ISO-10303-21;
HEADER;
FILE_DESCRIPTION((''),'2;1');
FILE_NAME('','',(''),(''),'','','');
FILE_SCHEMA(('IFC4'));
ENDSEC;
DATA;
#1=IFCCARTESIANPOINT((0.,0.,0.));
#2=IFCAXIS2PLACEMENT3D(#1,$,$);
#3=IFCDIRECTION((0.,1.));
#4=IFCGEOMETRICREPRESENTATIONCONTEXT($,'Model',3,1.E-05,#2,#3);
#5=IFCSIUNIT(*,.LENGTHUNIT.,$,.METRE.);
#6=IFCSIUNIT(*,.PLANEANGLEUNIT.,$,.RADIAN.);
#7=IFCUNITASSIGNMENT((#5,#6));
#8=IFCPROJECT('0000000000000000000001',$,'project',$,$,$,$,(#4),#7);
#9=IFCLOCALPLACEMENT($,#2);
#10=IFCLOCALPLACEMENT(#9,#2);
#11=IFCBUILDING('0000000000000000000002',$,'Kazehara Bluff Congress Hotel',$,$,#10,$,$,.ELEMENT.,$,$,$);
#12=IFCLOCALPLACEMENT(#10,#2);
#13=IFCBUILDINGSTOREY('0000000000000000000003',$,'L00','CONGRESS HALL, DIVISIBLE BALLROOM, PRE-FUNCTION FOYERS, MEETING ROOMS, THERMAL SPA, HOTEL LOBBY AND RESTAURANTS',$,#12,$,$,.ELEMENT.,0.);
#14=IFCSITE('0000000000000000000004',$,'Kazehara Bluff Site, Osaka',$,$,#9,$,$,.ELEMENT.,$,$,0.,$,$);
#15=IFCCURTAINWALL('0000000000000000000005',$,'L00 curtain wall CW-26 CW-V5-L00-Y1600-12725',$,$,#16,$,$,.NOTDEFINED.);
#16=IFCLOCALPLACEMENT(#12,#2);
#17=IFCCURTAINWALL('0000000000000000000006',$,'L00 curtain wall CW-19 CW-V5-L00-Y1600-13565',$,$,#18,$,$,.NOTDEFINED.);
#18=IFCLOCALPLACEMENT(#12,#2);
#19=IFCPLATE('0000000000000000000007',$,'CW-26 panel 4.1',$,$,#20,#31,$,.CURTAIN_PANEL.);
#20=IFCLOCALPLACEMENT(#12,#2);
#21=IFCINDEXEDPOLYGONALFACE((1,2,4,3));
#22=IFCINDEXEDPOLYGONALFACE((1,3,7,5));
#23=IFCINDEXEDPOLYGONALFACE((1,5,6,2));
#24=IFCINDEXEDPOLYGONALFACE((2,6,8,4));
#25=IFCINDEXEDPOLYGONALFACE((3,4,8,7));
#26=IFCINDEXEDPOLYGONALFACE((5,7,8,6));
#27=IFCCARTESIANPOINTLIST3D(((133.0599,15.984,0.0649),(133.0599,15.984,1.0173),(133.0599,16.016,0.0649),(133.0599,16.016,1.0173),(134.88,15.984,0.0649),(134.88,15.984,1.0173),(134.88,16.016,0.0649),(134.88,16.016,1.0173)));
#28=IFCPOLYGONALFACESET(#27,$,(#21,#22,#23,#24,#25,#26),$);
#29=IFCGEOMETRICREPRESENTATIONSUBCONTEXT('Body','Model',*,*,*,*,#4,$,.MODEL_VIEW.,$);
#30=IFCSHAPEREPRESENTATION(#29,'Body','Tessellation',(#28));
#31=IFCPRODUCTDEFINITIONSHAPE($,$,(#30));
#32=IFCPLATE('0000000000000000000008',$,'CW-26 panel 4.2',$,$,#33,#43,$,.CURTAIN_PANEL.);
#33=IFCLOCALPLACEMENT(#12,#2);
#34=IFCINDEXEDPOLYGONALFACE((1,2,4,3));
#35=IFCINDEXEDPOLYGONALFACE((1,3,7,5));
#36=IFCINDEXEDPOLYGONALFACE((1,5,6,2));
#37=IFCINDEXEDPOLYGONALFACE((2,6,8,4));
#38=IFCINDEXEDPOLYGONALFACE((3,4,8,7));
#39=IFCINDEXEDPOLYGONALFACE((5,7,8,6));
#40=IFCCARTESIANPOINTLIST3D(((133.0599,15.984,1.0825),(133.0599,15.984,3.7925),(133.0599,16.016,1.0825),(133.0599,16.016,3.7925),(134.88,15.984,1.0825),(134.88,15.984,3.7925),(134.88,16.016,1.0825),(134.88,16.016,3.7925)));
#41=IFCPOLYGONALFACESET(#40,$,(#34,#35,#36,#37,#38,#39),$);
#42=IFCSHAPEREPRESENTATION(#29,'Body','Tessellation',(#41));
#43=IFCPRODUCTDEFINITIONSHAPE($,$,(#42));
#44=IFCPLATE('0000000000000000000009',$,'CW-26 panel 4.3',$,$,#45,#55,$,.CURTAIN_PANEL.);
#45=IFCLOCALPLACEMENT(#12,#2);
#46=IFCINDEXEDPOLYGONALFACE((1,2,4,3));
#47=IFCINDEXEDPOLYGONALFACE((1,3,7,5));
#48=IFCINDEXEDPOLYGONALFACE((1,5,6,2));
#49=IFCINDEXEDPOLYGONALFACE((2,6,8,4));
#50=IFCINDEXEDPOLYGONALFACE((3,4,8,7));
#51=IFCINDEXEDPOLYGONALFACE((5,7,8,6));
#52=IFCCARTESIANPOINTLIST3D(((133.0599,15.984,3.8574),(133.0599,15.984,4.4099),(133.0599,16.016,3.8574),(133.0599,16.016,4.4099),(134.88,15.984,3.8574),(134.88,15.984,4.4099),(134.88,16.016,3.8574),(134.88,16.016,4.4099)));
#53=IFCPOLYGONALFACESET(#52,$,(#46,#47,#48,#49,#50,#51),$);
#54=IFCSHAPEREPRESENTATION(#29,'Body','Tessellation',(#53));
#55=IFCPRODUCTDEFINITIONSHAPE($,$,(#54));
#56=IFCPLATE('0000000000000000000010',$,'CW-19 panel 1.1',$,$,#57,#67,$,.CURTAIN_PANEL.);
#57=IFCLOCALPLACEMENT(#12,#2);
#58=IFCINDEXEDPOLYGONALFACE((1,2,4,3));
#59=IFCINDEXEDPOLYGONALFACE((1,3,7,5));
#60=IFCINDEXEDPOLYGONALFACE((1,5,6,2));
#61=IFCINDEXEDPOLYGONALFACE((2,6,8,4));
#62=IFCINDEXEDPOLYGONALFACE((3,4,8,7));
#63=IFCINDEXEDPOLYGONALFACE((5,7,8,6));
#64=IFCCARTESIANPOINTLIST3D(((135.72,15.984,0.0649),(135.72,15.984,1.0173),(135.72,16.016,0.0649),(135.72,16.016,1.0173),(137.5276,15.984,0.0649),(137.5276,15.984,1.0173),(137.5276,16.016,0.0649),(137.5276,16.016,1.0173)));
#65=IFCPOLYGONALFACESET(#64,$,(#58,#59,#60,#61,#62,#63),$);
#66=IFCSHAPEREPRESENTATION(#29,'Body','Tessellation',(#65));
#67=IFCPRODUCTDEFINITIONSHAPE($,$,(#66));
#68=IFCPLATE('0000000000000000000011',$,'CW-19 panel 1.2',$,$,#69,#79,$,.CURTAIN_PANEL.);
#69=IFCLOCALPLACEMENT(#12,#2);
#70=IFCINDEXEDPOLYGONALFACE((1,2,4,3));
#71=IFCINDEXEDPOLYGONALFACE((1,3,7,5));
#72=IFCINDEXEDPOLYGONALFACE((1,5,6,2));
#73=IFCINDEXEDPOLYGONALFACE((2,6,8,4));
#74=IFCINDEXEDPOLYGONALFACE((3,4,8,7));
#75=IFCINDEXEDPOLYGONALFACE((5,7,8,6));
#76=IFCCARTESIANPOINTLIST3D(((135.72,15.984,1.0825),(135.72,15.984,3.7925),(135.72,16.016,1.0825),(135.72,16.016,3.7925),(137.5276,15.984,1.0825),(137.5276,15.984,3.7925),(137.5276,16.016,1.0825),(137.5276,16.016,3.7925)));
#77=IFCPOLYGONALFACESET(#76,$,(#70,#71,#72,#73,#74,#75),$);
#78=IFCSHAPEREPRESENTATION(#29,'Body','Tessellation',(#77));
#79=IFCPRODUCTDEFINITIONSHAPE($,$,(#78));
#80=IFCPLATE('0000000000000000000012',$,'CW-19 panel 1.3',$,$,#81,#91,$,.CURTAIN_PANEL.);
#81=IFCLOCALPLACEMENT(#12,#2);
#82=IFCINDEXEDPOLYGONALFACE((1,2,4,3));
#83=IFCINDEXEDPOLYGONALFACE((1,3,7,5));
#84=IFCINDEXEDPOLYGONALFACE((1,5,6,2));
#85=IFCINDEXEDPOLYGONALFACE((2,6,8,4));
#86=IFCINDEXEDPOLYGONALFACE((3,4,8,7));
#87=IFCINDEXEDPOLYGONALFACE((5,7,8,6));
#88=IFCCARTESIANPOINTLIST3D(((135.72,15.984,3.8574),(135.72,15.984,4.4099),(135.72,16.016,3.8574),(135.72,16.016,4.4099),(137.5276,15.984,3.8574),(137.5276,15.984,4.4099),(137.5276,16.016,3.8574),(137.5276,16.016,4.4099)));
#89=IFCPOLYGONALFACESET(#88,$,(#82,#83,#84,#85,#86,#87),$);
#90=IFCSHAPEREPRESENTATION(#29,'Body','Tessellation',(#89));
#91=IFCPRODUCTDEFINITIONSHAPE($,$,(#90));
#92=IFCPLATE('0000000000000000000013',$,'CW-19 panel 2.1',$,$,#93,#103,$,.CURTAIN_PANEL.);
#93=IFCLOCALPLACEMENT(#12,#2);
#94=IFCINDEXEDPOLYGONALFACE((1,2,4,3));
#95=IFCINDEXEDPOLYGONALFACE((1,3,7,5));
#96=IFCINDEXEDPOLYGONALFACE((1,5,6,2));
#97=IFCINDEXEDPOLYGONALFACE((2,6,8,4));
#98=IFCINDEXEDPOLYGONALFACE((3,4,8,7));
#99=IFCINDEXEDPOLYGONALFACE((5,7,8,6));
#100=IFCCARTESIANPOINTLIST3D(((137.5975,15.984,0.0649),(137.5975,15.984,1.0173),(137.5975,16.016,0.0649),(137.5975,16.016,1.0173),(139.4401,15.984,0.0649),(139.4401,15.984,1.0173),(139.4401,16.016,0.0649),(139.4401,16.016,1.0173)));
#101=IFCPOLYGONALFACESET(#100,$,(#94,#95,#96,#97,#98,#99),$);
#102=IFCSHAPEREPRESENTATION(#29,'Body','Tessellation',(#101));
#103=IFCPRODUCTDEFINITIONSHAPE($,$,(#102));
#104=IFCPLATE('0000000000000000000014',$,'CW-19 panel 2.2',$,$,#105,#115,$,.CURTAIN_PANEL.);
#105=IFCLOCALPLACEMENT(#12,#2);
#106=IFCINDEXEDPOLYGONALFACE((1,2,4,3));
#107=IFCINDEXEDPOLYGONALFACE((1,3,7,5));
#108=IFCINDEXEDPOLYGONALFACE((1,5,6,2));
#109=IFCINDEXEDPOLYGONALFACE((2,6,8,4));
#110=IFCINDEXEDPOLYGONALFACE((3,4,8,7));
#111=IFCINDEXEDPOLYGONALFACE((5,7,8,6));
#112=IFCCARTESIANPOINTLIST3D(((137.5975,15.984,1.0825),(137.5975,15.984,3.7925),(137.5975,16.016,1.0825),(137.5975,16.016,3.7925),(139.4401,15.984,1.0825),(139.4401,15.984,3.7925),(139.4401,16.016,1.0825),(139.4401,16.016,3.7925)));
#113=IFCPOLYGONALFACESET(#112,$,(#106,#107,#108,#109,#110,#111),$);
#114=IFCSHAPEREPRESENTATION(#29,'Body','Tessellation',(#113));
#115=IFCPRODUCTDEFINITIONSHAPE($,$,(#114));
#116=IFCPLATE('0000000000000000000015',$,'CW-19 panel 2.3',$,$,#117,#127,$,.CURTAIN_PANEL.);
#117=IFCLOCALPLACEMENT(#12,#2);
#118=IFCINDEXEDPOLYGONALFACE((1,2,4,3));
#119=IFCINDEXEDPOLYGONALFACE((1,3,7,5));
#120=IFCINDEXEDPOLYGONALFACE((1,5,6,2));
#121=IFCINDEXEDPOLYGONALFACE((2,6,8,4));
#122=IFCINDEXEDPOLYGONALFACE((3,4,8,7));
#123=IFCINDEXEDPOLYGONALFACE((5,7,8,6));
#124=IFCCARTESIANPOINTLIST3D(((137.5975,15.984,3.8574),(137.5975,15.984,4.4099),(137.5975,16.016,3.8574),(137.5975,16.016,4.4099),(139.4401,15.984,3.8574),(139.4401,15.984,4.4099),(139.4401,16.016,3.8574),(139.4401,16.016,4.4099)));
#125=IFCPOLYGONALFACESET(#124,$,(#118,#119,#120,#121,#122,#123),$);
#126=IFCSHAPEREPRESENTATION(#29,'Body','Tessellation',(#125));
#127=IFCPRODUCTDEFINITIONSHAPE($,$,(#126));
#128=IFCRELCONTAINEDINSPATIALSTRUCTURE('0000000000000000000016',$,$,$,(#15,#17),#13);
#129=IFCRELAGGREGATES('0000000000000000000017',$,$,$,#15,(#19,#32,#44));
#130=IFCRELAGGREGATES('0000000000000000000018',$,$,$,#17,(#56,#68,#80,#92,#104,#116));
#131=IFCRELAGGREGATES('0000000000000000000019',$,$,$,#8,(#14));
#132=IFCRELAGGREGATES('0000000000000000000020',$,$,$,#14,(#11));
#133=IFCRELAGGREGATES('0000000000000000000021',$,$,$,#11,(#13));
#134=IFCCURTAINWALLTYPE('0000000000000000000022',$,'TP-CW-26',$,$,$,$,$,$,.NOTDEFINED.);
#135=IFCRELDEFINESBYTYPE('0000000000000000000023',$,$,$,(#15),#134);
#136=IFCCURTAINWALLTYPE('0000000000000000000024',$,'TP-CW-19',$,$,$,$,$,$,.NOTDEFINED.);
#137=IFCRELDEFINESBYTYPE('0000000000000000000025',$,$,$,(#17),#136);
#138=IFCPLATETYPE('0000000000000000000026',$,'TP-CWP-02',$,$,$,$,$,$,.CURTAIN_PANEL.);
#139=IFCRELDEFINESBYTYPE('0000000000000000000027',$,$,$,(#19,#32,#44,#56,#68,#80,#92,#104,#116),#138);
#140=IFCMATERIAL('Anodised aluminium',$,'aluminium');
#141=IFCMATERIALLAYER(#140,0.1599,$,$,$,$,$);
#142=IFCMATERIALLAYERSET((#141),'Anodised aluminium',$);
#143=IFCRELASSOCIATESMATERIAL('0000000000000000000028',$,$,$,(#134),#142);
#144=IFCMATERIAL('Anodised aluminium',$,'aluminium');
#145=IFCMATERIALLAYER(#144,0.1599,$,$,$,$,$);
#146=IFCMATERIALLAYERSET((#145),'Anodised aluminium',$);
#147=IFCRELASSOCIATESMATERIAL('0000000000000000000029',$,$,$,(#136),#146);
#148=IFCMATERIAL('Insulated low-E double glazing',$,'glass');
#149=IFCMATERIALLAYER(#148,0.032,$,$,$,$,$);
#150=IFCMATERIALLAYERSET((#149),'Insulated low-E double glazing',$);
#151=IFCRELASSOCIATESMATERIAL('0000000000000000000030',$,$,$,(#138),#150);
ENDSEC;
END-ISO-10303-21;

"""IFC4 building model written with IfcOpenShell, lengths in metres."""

from ifc_helpers import new_model, si_unit, direction, frame, origin, origin_2d, place, context, subcontext, project, spatial, rectangle, extrude, material, layer, layer_set, type_object, element, aggregate, save


model = new_model("IFC4")

# Units and contexts
model_context = context("Model", 3, precision=1e-05, world=origin(), true_north=direction((0.0, 1.0)))
body_context = subcontext(model_context, "Body", "Model", "MODEL_VIEW")
ifc_project = project(units=[si_unit("LENGTHUNIT", "METRE"), si_unit("PLANEANGLEUNIT", "RADIAN")], contexts=[model_context])

# Site, building, storey
site_placement = place(None, origin())
site = spatial("IfcSite", under=ifc_project, at=site_placement, Name="Kazehara Bluff Site, Osaka", CompositionType="ELEMENT", RefElevation=0.0)
building_placement = place(site_placement, origin())
building = spatial("IfcBuilding", under=site, at=building_placement, Name="Kazehara Bluff Congress Hotel", CompositionType="ELEMENT")
storey_placement = place(building_placement, origin())
storey = spatial("IfcBuildingStorey", under=building, at=storey_placement, Name="L00", Description="CONGRESS HALL, DIVISIBLE BALLROOM, PRE-FUNCTION FOYERS, MEETING ROOMS, THERMAL SPA, HOTEL LOBBY AND RESTAURANTS", CompositionType="ELEMENT", Elevation=0.0)

# Curtain wall
ifc_material_1 = material(Name="Anodised aluminium", Category="aluminium")
ifc_layer_1 = layer(ifc_material_1, 0.1599)
ifc_layer_set_1 = layer_set([ifc_layer_1], Name="Anodised aluminium")
curtain_wall_type_1 = type_object("IfcCurtainWallType", Name="TP-CW-26", PredefinedType="NOTDEFINED", material=ifc_layer_set_1)
curtain_wall_1_placement = place(storey_placement, origin())
curtain_wall_1 = element("IfcCurtainWall", 1, at=curtain_wall_1_placement, inside=storey, type_object=curtain_wall_type_1, Name="L00 curtain wall CW-26 CW-V5-L00-Y1600-12725", PredefinedType="NOTDEFINED")

# Curtain wall
ifc_material_2 = material(Name="Anodised aluminium", Category="aluminium")
ifc_layer_2 = layer(ifc_material_2, 0.1599)
ifc_layer_set_2 = layer_set([ifc_layer_2], Name="Anodised aluminium")
curtain_wall_type_2 = type_object("IfcCurtainWallType", Name="TP-CW-19", PredefinedType="NOTDEFINED", material=ifc_layer_set_2)
curtain_wall_2_placement = place(storey_placement, origin())
curtain_wall_2 = element("IfcCurtainWall", 2, at=curtain_wall_2_placement, inside=storey, type_object=curtain_wall_type_2, Name="L00 curtain wall CW-19 CW-V5-L00-Y1600-13565", PredefinedType="NOTDEFINED")

# Plates
ifc_material_3 = material(Name="Insulated low-E double glazing", Category="glass")
ifc_layer_3 = layer(ifc_material_3, 0.032)
ifc_layer_set_3 = layer_set([ifc_layer_3], Name="Insulated low-E double glazing")
plate_type = type_object("IfcPlateType", Name="TP-CWP-02", PredefinedType="CURTAIN_PANEL", material=ifc_layer_set_3)
plate_1_placement = place(storey_placement, frame((133.97, 16.0, 0.0649), z_axis=(0.0, 0.0, 1.0), x_axis=(1.0, 0.0, 0.0)))
plate_1 = element("IfcPlate", 3, at=plate_1_placement, type_object=plate_type, Name="CW-26 panel 4.1", PredefinedType="CURTAIN_PANEL", context=body_context, shape_type="SweptSolid", body=[
    extrude(rectangle(XDim=1.8201, YDim=0.032, at=origin_2d()), origin(), (0.0, 0.0, 1.0), 0.9524),
])
plate_2_placement = place(storey_placement, frame((133.97, 16.0, 1.0825), z_axis=(0.0, 0.0, 1.0), x_axis=(1.0, 0.0, 0.0)))
plate_2 = element("IfcPlate", 4, at=plate_2_placement, type_object=plate_type, Name="CW-26 panel 4.2", PredefinedType="CURTAIN_PANEL", context=body_context, shape_type="SweptSolid", body=[
    extrude(rectangle(XDim=1.8201, YDim=0.032, at=origin_2d()), origin(), (0.0, 0.0, 1.0), 2.71),
])
plate_3_placement = place(storey_placement, frame((133.97, 16.0, 3.8574), z_axis=(0.0, 0.0, 1.0), x_axis=(1.0, 0.0, 0.0)))
plate_3 = element("IfcPlate", 5, at=plate_3_placement, type_object=plate_type, Name="CW-26 panel 4.3", PredefinedType="CURTAIN_PANEL", context=body_context, shape_type="SweptSolid", body=[
    extrude(rectangle(XDim=1.8201, YDim=0.032, at=origin_2d()), origin(), (0.0, 0.0, 1.0), 0.5525),
])
aggregate(curtain_wall_1, [plate_1, plate_2, plate_3])
plate_4_placement = place(storey_placement, frame((136.6238, 16.0, 0.0649), z_axis=(0.0, 0.0, 1.0), x_axis=(1.0, 0.0, 0.0)))
plate_4 = element("IfcPlate", 6, at=plate_4_placement, type_object=plate_type, Name="CW-19 panel 1.1", PredefinedType="CURTAIN_PANEL", context=body_context, shape_type="SweptSolid", body=[
    extrude(rectangle(XDim=1.8076, YDim=0.032, at=origin_2d()), origin(), (0.0, 0.0, 1.0), 0.9524),
])
plate_5_placement = place(storey_placement, frame((136.6238, 16.0, 1.0825), z_axis=(0.0, 0.0, 1.0), x_axis=(1.0, 0.0, 0.0)))
plate_5 = element("IfcPlate", 7, at=plate_5_placement, type_object=plate_type, Name="CW-19 panel 1.2", PredefinedType="CURTAIN_PANEL", context=body_context, shape_type="SweptSolid", body=[
    extrude(rectangle(XDim=1.8076, YDim=0.032, at=origin_2d()), origin(), (0.0, 0.0, 1.0), 2.71),
])
plate_6_placement = place(storey_placement, frame((136.6238, 16.0, 3.8574), z_axis=(0.0, 0.0, 1.0), x_axis=(1.0, 0.0, 0.0)))
plate_6 = element("IfcPlate", 8, at=plate_6_placement, type_object=plate_type, Name="CW-19 panel 1.3", PredefinedType="CURTAIN_PANEL", context=body_context, shape_type="SweptSolid", body=[
    extrude(rectangle(XDim=1.8076, YDim=0.032, at=origin_2d()), origin(), (0.0, 0.0, 1.0), 0.5525),
])
plate_7_placement = place(storey_placement, frame((138.5188, 16.0, 0.0649), z_axis=(0.0, 0.0, 1.0), x_axis=(1.0, 0.0, 0.0)))
plate_7 = element("IfcPlate", 9, at=plate_7_placement, type_object=plate_type, Name="CW-19 panel 2.1", PredefinedType="CURTAIN_PANEL", context=body_context, shape_type="SweptSolid", body=[
    extrude(rectangle(XDim=1.8425, YDim=0.032, at=origin_2d()), origin(), (0.0, 0.0, 1.0), 0.9524),
])
plate_8_placement = place(storey_placement, frame((138.5188, 16.0, 1.0825), z_axis=(0.0, 0.0, 1.0), x_axis=(1.0, 0.0, 0.0)))
plate_8 = element("IfcPlate", 10, at=plate_8_placement, type_object=plate_type, Name="CW-19 panel 2.2", PredefinedType="CURTAIN_PANEL", context=body_context, shape_type="SweptSolid", body=[
    extrude(rectangle(XDim=1.8425, YDim=0.032, at=origin_2d()), origin(), (0.0, 0.0, 1.0), 2.71),
])
plate_9_placement = place(storey_placement, frame((138.5188, 16.0, 3.8574), z_axis=(0.0, 0.0, 1.0), x_axis=(1.0, 0.0, 0.0)))
plate_9 = element("IfcPlate", 11, at=plate_9_placement, type_object=plate_type, Name="CW-19 panel 2.3", PredefinedType="CURTAIN_PANEL", context=body_context, shape_type="SweptSolid", body=[
    extrude(rectangle(XDim=1.8425, YDim=0.032, at=origin_2d()), origin(), (0.0, 0.0, 1.0), 0.5525),
])
aggregate(curtain_wall_2, [plate_4, plate_5, plate_6, plate_7, plate_8, plate_9])

save(model, "model.ifc")
